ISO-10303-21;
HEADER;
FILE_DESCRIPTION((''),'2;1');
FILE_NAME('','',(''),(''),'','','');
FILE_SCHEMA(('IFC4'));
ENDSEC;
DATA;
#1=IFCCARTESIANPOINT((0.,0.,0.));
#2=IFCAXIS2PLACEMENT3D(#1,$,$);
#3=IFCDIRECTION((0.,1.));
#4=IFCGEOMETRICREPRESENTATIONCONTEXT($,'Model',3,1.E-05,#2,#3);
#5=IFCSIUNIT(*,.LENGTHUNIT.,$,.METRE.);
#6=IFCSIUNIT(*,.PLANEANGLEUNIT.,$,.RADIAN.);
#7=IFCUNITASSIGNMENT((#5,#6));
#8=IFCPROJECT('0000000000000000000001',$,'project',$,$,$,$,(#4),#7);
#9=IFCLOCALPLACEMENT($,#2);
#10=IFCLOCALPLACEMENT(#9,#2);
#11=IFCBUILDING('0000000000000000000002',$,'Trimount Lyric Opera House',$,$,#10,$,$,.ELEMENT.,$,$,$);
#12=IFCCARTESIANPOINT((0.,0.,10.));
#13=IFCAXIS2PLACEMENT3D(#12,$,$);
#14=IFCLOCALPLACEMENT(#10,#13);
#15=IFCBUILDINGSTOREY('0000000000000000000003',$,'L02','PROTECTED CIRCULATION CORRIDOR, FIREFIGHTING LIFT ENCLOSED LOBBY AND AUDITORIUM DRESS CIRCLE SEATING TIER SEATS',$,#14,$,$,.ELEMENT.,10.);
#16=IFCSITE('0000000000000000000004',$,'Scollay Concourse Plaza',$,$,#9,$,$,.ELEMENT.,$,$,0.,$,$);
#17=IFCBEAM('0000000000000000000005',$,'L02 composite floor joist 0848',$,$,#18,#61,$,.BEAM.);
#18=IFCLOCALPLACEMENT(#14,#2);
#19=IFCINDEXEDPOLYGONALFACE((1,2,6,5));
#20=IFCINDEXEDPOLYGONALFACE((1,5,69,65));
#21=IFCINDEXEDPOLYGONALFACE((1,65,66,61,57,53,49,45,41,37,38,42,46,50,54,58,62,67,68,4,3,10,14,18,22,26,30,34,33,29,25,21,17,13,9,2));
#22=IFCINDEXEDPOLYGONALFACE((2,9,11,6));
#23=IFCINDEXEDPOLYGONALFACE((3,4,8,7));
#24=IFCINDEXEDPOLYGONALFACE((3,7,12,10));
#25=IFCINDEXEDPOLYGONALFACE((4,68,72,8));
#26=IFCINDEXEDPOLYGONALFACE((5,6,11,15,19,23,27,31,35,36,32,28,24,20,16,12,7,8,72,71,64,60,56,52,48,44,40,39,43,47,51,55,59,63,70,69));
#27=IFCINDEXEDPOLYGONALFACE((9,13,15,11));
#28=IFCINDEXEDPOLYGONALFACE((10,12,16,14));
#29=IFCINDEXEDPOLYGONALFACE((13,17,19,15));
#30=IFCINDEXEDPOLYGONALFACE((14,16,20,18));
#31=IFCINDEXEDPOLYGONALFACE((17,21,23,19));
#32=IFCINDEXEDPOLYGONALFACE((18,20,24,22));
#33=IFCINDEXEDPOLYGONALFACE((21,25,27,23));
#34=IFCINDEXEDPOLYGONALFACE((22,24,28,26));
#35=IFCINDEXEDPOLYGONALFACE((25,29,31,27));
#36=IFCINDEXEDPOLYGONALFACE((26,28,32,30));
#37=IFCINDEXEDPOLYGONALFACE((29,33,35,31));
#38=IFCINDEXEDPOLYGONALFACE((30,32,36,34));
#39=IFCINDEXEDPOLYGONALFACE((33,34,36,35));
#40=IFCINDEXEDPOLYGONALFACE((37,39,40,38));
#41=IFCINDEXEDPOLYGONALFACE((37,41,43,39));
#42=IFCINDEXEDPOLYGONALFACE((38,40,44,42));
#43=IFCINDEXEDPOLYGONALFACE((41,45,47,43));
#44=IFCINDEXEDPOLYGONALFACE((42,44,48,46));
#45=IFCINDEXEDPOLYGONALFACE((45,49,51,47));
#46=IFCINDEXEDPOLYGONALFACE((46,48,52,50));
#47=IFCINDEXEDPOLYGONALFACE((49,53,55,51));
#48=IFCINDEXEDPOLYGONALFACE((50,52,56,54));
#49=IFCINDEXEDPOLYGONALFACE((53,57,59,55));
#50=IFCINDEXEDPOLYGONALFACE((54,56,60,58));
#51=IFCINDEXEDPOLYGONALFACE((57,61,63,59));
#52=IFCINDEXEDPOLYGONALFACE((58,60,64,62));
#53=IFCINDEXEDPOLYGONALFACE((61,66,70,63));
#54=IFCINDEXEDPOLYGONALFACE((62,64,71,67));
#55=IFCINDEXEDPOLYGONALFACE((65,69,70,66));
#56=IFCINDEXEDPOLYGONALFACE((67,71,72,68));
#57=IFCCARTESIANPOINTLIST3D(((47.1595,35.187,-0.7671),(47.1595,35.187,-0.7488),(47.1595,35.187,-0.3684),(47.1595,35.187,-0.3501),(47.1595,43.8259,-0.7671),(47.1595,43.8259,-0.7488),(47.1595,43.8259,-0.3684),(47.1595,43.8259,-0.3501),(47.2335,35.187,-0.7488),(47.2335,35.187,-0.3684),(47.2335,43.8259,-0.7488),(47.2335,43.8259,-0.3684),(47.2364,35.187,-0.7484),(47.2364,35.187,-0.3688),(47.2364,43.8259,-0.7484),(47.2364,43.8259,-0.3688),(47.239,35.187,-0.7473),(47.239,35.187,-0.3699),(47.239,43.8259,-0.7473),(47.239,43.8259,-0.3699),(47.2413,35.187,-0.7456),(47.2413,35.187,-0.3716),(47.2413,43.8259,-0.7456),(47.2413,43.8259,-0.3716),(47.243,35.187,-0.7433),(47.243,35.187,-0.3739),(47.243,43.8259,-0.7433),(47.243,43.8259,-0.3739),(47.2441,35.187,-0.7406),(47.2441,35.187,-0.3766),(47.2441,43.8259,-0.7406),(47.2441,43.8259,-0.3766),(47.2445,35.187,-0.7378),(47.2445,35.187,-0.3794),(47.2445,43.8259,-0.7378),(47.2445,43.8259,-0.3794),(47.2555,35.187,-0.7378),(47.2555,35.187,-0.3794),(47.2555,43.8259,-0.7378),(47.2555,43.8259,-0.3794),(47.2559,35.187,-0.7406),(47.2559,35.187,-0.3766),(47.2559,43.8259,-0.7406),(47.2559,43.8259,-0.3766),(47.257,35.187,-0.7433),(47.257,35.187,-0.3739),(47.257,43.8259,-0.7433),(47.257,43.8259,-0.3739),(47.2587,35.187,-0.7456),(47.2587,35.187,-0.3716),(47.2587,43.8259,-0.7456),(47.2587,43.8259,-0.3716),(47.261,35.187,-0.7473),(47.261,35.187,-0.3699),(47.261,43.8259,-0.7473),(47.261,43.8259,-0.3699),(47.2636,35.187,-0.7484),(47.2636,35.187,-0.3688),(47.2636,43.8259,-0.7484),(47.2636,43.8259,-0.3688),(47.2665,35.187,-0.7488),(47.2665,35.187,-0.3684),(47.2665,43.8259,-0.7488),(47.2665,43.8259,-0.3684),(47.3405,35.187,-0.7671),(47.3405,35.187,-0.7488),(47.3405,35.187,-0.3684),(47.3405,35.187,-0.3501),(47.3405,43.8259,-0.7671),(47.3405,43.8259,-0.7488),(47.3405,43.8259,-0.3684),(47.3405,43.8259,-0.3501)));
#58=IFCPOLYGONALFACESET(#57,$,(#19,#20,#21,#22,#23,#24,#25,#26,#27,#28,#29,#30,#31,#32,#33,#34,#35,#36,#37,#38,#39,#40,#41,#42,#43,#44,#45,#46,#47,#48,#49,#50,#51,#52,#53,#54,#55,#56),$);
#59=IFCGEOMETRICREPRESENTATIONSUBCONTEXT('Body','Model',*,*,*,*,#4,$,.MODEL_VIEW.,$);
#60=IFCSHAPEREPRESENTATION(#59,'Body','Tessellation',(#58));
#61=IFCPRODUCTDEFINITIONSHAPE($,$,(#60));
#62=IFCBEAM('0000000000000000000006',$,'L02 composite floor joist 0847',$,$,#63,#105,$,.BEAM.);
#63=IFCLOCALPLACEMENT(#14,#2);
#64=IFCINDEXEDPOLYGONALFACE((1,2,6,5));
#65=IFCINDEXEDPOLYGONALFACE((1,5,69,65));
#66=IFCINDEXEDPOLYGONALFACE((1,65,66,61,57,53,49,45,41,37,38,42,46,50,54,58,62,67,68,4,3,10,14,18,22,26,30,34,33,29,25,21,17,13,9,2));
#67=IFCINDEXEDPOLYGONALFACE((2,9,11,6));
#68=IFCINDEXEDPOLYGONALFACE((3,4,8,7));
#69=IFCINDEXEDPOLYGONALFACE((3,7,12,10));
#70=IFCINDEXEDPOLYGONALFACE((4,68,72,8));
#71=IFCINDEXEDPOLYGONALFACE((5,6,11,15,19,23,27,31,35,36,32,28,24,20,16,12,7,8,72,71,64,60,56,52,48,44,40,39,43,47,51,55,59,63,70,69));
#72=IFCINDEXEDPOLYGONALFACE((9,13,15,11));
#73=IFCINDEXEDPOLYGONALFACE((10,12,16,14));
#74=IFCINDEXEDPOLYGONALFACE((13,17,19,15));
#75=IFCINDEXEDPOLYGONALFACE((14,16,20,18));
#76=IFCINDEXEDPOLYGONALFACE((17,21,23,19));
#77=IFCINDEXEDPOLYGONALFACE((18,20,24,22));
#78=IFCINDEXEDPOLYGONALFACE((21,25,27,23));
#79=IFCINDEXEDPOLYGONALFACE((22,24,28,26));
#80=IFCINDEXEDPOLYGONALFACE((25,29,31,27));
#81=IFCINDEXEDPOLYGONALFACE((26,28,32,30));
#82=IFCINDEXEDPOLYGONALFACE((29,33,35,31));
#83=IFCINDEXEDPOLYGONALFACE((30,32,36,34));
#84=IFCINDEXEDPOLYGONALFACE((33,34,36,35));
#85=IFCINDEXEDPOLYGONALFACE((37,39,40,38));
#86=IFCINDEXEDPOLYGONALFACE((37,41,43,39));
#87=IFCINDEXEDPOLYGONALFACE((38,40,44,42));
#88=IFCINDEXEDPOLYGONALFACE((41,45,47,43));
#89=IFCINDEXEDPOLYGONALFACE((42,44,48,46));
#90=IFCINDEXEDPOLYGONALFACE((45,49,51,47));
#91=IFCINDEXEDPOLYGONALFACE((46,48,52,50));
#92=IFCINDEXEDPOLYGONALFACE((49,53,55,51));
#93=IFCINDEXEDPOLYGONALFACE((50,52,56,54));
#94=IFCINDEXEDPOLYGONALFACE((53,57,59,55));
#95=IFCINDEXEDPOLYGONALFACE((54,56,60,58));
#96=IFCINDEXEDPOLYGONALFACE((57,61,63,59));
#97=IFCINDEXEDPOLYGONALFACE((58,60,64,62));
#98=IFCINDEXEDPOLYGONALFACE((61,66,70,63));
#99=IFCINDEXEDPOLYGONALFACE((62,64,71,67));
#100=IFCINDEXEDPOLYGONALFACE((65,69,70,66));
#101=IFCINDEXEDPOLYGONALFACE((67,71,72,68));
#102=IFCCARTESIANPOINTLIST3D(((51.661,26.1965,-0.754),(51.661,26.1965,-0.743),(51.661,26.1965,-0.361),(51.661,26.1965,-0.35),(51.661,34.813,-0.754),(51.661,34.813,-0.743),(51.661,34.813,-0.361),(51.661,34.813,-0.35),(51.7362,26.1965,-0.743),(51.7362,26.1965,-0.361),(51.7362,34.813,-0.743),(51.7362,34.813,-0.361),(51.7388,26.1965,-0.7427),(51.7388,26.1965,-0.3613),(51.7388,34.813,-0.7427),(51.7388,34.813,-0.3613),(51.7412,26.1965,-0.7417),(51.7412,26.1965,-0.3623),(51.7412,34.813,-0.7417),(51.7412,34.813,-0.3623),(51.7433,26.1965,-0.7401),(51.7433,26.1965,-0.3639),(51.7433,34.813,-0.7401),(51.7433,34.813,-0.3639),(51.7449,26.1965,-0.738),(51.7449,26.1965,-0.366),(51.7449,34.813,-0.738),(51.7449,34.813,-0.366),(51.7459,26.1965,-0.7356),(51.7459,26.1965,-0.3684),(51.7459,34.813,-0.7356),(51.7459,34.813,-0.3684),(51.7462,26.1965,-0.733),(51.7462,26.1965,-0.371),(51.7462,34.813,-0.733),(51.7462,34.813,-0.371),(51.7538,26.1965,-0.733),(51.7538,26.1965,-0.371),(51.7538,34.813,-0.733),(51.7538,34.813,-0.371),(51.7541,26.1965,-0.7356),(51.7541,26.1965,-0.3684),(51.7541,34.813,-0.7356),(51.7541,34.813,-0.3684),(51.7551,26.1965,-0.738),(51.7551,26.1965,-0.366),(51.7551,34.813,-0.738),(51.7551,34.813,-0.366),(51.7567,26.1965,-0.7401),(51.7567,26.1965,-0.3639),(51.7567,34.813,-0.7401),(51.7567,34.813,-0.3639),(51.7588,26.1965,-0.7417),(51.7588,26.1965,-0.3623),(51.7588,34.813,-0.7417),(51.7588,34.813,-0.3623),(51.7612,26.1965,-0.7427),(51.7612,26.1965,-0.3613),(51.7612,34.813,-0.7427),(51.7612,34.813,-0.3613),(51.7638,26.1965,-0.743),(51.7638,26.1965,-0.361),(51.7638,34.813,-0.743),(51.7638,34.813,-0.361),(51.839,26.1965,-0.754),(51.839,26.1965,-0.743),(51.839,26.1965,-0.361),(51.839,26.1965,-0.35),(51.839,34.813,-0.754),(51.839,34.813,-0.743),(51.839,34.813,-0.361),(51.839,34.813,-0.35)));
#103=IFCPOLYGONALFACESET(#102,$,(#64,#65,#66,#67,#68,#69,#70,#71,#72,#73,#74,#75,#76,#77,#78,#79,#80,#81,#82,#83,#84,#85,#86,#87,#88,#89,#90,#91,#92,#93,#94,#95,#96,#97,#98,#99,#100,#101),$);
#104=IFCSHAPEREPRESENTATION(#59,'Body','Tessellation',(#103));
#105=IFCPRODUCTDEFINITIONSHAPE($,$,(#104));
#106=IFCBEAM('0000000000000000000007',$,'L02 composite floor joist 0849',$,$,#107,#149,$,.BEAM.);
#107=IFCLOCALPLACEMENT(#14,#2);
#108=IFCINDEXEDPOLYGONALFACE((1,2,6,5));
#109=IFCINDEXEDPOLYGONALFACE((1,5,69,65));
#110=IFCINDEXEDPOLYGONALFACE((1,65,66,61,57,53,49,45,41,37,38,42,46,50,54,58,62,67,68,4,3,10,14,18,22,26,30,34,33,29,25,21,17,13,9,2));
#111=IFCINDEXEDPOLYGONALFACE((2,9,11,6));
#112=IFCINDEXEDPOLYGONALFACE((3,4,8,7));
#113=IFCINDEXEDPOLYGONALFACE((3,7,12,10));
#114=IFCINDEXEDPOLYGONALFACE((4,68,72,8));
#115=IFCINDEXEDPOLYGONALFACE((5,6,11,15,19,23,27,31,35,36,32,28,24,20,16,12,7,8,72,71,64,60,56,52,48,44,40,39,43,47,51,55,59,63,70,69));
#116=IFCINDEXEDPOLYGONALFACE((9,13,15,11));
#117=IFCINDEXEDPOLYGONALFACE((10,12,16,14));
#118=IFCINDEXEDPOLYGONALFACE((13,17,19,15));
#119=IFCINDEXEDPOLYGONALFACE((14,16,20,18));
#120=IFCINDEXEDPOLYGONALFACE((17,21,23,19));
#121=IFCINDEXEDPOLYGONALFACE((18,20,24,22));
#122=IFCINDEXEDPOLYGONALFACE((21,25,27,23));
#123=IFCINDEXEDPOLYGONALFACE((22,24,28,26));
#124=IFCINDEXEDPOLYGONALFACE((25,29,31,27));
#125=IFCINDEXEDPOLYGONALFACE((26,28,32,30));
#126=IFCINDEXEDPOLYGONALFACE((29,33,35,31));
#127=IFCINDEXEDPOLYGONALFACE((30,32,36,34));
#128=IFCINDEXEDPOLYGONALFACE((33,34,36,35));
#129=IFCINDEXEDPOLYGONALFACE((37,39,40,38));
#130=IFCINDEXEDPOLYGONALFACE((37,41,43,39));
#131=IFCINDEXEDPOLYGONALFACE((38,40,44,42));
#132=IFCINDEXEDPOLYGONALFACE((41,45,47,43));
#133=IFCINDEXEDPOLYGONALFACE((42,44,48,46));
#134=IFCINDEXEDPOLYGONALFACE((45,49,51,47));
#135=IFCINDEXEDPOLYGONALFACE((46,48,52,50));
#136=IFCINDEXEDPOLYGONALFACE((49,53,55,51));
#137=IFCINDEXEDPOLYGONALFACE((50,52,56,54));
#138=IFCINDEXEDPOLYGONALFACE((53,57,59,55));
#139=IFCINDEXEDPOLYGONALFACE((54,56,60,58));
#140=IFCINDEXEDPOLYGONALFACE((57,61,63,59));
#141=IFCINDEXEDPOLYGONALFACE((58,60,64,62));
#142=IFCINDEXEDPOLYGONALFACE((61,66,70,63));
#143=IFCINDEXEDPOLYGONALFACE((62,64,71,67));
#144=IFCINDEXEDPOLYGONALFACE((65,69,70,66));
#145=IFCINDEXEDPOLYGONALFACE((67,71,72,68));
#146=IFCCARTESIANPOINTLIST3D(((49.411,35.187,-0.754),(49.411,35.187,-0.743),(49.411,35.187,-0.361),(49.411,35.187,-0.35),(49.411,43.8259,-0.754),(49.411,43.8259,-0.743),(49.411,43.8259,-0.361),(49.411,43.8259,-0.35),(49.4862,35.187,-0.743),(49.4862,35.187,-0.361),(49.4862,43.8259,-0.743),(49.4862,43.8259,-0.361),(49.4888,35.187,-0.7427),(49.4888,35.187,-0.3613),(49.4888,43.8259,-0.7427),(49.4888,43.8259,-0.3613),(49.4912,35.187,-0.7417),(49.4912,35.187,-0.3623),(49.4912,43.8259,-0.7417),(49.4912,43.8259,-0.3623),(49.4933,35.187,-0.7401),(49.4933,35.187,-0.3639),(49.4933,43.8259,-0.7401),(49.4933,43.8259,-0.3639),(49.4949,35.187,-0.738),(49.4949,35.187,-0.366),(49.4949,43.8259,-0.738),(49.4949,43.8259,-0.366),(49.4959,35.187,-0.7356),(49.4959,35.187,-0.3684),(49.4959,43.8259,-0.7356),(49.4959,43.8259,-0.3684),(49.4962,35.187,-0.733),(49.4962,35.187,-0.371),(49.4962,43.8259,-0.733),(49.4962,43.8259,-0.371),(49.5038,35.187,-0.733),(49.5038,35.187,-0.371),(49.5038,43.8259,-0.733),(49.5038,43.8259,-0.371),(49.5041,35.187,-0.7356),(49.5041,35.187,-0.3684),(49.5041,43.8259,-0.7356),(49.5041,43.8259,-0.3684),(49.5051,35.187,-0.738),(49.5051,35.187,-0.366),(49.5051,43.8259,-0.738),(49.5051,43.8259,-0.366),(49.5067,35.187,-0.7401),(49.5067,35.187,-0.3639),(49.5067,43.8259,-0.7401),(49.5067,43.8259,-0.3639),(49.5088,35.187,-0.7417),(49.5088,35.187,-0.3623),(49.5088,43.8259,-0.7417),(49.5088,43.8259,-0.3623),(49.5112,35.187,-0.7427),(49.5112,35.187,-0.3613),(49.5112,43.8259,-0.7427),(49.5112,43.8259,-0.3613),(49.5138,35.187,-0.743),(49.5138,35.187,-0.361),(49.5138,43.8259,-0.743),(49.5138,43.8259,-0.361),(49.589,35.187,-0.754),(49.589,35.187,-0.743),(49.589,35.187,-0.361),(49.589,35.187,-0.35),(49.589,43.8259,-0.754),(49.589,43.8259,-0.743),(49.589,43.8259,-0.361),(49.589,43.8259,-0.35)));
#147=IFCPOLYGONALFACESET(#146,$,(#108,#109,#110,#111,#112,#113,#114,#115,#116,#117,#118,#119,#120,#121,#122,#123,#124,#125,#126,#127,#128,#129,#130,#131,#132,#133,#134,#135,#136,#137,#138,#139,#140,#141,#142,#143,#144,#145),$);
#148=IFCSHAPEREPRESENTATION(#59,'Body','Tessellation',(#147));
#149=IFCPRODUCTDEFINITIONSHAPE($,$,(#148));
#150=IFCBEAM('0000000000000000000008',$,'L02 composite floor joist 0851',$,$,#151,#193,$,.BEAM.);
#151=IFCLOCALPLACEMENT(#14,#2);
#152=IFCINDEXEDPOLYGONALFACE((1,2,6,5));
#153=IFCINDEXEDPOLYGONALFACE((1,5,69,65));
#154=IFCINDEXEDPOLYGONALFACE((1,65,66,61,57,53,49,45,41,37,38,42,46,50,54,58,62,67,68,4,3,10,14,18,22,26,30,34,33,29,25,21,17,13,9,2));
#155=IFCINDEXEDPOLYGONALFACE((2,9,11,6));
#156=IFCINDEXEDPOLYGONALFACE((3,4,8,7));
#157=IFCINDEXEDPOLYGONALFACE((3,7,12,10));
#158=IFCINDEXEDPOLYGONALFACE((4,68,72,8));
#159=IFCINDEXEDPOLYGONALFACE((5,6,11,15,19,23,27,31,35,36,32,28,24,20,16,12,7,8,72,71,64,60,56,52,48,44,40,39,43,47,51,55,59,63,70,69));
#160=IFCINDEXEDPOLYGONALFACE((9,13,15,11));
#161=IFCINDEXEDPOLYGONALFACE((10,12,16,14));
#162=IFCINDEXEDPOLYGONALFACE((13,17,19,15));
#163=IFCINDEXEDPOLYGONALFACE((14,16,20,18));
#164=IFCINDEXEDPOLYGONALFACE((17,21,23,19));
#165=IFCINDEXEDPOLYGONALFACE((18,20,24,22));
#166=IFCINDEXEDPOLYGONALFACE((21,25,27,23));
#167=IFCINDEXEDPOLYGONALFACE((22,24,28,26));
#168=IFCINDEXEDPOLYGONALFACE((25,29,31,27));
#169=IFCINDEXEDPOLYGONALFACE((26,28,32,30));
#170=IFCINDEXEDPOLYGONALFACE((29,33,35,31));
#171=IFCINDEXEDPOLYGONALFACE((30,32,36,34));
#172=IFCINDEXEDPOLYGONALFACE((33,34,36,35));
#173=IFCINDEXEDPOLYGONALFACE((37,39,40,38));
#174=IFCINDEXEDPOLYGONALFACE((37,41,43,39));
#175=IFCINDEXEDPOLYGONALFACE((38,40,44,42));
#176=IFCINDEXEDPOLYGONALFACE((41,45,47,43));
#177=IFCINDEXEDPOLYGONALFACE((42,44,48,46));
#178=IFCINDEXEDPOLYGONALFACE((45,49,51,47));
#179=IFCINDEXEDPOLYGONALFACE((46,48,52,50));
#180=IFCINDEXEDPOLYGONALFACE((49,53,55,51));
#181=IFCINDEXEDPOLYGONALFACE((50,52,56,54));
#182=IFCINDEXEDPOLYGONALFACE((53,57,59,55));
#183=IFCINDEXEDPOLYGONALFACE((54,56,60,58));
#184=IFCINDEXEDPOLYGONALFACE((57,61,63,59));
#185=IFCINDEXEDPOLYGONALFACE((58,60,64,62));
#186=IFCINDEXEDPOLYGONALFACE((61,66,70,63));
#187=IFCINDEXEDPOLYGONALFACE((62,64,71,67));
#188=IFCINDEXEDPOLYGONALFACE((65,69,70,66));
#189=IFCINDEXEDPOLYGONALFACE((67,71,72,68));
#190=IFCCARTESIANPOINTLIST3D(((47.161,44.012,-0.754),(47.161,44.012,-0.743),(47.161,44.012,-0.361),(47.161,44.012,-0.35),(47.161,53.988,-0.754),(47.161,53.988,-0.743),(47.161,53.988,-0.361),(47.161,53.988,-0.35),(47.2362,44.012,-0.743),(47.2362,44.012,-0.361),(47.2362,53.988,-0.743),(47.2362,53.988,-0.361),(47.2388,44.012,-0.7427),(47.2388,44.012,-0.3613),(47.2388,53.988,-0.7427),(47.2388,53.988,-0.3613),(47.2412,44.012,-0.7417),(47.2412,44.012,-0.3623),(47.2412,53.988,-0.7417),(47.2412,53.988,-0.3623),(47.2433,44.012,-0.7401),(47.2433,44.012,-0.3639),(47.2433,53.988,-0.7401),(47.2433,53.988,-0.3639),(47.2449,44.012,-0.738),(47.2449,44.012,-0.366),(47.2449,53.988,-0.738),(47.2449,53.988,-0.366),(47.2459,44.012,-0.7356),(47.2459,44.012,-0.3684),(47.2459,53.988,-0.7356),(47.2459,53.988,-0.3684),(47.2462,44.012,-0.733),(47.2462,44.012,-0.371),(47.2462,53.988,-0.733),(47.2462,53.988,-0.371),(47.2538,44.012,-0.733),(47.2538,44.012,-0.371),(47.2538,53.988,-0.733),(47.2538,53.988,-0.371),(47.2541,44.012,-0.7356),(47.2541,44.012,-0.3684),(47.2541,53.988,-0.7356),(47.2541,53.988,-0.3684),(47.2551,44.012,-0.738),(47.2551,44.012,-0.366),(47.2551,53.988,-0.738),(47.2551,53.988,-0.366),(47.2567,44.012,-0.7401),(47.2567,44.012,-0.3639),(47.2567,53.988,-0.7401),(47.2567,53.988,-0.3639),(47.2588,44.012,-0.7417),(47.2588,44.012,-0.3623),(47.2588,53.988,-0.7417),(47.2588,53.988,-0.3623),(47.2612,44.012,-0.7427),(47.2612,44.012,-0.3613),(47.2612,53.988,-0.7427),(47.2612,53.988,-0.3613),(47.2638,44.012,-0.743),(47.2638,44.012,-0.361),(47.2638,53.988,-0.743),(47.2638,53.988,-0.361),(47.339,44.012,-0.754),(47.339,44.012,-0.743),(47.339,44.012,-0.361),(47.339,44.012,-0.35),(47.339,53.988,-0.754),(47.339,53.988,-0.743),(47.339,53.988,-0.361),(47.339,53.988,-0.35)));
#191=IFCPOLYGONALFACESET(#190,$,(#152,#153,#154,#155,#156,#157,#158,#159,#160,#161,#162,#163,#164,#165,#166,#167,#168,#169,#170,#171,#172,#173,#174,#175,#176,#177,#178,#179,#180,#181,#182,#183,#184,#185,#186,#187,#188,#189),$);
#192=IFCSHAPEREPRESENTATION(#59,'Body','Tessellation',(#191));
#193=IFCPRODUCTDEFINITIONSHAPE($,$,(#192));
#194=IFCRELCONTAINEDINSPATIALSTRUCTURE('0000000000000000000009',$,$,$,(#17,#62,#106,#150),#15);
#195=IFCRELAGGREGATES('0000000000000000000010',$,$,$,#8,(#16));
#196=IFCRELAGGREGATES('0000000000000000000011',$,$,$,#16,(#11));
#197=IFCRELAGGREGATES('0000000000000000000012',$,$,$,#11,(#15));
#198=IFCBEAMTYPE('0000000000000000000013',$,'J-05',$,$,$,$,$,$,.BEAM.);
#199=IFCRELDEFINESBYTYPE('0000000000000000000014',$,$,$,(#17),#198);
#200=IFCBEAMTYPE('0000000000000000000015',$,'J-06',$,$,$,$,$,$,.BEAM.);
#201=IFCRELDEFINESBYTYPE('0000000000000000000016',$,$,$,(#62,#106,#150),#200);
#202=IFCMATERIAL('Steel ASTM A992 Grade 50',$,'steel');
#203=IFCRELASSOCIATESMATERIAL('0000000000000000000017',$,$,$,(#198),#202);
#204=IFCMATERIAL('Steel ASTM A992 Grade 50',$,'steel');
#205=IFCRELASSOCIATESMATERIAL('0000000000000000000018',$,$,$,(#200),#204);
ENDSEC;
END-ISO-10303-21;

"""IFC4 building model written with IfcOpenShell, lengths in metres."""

from ifc_helpers import new_model, si_unit, direction, frame, origin, origin_2d, place, context, subcontext, project, spatial, i_section, extrude, material, material_profile, profile_set, type_object, element, save


model = new_model("IFC4")

# Units and contexts
model_context = context("Model", 3, precision=1e-05, world=origin(), true_north=direction((0.0, 1.0)))
body_context = subcontext(model_context, "Body", "Model", "MODEL_VIEW")
ifc_project = project(units=[si_unit("LENGTHUNIT", "METRE"), si_unit("PLANEANGLEUNIT", "RADIAN")], contexts=[model_context])

# Site, building, storey
site_placement = place(None, origin())
site = spatial("IfcSite", under=ifc_project, at=site_placement, Name="Scollay Concourse Plaza", CompositionType="ELEMENT", RefElevation=0.0)
building_placement = place(site_placement, origin())
building = spatial("IfcBuilding", under=site, at=building_placement, Name="Trimount Lyric Opera House", CompositionType="ELEMENT")
storey_placement = place(building_placement, frame((0.0, 0.0, 10.0)))
storey = spatial("IfcBuildingStorey", under=building, at=storey_placement, Name="L02", Description="PROTECTED CIRCULATION CORRIDOR, FIREFIGHTING LIFT ENCLOSED LOBBY AND AUDITORIUM DRESS CIRCLE SEATING TIER SEATS", CompositionType="ELEMENT", Elevation=10.0)

# Beams
ifc_material_1 = material(Name="Steel ASTM A992 Grade 50", Category="steel")
ifc_material_profile_1 = material_profile(ifc_material_1, i_section(OverallWidth=0.1809, OverallDepth=0.417, WebThickness=0.011, FlangeThickness=0.0183, FilletRadius=0.011, at=origin_2d()), Name="W16X57")
ifc_profile_set_1 = profile_set([ifc_material_profile_1], Name="Steel ASTM A992 Grade 50")
beam_type_1 = type_object("IfcBeamType", Name="J-05", PredefinedType="BEAM", material=ifc_profile_set_1)
beam_1_placement = place(storey_placement, frame((47.25, 35.187, -0.5586), z_axis=(0.0, 1.0, 0.0), x_axis=(-1.0, 0.0, 0.0)))
element("IfcBeam", 1, at=beam_1_placement, inside=storey, type_object=beam_type_1, Name="L02 composite floor joist 0848", PredefinedType="BEAM", context=body_context, shape_type="SweptSolid", body=[
    extrude(i_section(OverallWidth=0.1809, OverallDepth=0.417, WebThickness=0.011, FlangeThickness=0.0183, FilletRadius=0.011, at=origin_2d()), origin(), (0.0, 0.0, 1.0), 8.6389),
])
ifc_material_2 = material(Name="Steel ASTM A992 Grade 50", Category="steel")
ifc_material_profile_2 = material_profile(ifc_material_2, i_section(OverallWidth=0.178, OverallDepth=0.4041, WebThickness=0.0076, FlangeThickness=0.011, FilletRadius=0.01, at=origin_2d()), Name="W16X36")
ifc_profile_set_2 = profile_set([ifc_material_profile_2], Name="Steel ASTM A992 Grade 50")
beam_type_2 = type_object("IfcBeamType", Name="J-06", PredefinedType="BEAM", material=ifc_profile_set_2)
beam_2_placement = place(storey_placement, frame((51.75, 26.1965, -0.552), z_axis=(0.0, 1.0, 0.0), x_axis=(-1.0, 0.0, 0.0)))
element("IfcBeam", 2, at=beam_2_placement, inside=storey, type_object=beam_type_2, Name="L02 composite floor joist 0847", PredefinedType="BEAM", context=body_context, shape_type="SweptSolid", body=[
    extrude(i_section(OverallWidth=0.178, OverallDepth=0.4041, WebThickness=0.0076, FlangeThickness=0.011, FilletRadius=0.01, at=origin_2d()), origin(), (0.0, 0.0, 1.0), 8.6165),
])
beam_3_placement = place(storey_placement, frame((49.5, 35.187, -0.552), z_axis=(0.0, 1.0, 0.0), x_axis=(-1.0, 0.0, 0.0)))
element("IfcBeam", 3, at=beam_3_placement, inside=storey, type_object=beam_type_2, Name="L02 composite floor joist 0849", PredefinedType="BEAM", context=body_context, shape_type="SweptSolid", body=[
    extrude(i_section(OverallWidth=0.178, OverallDepth=0.4041, WebThickness=0.0076, FlangeThickness=0.011, FilletRadius=0.01, at=origin_2d()), origin(), (0.0, 0.0, 1.0), 8.6389),
])
beam_4_placement = place(storey_placement, frame((47.25, 44.012, -0.552), z_axis=(0.0, 1.0, 0.0), x_axis=(-1.0, 0.0, 0.0)))
element("IfcBeam", 4, at=beam_4_placement, inside=storey, type_object=beam_type_2, Name="L02 composite floor joist 0851", PredefinedType="BEAM", context=body_context, shape_type="SweptSolid", body=[
    extrude(i_section(OverallWidth=0.178, OverallDepth=0.4041, WebThickness=0.0076, FlangeThickness=0.011, FilletRadius=0.01, at=origin_2d()), origin(), (0.0, 0.0, 1.0), 9.9761),
])

save(model, "model.ifc")
